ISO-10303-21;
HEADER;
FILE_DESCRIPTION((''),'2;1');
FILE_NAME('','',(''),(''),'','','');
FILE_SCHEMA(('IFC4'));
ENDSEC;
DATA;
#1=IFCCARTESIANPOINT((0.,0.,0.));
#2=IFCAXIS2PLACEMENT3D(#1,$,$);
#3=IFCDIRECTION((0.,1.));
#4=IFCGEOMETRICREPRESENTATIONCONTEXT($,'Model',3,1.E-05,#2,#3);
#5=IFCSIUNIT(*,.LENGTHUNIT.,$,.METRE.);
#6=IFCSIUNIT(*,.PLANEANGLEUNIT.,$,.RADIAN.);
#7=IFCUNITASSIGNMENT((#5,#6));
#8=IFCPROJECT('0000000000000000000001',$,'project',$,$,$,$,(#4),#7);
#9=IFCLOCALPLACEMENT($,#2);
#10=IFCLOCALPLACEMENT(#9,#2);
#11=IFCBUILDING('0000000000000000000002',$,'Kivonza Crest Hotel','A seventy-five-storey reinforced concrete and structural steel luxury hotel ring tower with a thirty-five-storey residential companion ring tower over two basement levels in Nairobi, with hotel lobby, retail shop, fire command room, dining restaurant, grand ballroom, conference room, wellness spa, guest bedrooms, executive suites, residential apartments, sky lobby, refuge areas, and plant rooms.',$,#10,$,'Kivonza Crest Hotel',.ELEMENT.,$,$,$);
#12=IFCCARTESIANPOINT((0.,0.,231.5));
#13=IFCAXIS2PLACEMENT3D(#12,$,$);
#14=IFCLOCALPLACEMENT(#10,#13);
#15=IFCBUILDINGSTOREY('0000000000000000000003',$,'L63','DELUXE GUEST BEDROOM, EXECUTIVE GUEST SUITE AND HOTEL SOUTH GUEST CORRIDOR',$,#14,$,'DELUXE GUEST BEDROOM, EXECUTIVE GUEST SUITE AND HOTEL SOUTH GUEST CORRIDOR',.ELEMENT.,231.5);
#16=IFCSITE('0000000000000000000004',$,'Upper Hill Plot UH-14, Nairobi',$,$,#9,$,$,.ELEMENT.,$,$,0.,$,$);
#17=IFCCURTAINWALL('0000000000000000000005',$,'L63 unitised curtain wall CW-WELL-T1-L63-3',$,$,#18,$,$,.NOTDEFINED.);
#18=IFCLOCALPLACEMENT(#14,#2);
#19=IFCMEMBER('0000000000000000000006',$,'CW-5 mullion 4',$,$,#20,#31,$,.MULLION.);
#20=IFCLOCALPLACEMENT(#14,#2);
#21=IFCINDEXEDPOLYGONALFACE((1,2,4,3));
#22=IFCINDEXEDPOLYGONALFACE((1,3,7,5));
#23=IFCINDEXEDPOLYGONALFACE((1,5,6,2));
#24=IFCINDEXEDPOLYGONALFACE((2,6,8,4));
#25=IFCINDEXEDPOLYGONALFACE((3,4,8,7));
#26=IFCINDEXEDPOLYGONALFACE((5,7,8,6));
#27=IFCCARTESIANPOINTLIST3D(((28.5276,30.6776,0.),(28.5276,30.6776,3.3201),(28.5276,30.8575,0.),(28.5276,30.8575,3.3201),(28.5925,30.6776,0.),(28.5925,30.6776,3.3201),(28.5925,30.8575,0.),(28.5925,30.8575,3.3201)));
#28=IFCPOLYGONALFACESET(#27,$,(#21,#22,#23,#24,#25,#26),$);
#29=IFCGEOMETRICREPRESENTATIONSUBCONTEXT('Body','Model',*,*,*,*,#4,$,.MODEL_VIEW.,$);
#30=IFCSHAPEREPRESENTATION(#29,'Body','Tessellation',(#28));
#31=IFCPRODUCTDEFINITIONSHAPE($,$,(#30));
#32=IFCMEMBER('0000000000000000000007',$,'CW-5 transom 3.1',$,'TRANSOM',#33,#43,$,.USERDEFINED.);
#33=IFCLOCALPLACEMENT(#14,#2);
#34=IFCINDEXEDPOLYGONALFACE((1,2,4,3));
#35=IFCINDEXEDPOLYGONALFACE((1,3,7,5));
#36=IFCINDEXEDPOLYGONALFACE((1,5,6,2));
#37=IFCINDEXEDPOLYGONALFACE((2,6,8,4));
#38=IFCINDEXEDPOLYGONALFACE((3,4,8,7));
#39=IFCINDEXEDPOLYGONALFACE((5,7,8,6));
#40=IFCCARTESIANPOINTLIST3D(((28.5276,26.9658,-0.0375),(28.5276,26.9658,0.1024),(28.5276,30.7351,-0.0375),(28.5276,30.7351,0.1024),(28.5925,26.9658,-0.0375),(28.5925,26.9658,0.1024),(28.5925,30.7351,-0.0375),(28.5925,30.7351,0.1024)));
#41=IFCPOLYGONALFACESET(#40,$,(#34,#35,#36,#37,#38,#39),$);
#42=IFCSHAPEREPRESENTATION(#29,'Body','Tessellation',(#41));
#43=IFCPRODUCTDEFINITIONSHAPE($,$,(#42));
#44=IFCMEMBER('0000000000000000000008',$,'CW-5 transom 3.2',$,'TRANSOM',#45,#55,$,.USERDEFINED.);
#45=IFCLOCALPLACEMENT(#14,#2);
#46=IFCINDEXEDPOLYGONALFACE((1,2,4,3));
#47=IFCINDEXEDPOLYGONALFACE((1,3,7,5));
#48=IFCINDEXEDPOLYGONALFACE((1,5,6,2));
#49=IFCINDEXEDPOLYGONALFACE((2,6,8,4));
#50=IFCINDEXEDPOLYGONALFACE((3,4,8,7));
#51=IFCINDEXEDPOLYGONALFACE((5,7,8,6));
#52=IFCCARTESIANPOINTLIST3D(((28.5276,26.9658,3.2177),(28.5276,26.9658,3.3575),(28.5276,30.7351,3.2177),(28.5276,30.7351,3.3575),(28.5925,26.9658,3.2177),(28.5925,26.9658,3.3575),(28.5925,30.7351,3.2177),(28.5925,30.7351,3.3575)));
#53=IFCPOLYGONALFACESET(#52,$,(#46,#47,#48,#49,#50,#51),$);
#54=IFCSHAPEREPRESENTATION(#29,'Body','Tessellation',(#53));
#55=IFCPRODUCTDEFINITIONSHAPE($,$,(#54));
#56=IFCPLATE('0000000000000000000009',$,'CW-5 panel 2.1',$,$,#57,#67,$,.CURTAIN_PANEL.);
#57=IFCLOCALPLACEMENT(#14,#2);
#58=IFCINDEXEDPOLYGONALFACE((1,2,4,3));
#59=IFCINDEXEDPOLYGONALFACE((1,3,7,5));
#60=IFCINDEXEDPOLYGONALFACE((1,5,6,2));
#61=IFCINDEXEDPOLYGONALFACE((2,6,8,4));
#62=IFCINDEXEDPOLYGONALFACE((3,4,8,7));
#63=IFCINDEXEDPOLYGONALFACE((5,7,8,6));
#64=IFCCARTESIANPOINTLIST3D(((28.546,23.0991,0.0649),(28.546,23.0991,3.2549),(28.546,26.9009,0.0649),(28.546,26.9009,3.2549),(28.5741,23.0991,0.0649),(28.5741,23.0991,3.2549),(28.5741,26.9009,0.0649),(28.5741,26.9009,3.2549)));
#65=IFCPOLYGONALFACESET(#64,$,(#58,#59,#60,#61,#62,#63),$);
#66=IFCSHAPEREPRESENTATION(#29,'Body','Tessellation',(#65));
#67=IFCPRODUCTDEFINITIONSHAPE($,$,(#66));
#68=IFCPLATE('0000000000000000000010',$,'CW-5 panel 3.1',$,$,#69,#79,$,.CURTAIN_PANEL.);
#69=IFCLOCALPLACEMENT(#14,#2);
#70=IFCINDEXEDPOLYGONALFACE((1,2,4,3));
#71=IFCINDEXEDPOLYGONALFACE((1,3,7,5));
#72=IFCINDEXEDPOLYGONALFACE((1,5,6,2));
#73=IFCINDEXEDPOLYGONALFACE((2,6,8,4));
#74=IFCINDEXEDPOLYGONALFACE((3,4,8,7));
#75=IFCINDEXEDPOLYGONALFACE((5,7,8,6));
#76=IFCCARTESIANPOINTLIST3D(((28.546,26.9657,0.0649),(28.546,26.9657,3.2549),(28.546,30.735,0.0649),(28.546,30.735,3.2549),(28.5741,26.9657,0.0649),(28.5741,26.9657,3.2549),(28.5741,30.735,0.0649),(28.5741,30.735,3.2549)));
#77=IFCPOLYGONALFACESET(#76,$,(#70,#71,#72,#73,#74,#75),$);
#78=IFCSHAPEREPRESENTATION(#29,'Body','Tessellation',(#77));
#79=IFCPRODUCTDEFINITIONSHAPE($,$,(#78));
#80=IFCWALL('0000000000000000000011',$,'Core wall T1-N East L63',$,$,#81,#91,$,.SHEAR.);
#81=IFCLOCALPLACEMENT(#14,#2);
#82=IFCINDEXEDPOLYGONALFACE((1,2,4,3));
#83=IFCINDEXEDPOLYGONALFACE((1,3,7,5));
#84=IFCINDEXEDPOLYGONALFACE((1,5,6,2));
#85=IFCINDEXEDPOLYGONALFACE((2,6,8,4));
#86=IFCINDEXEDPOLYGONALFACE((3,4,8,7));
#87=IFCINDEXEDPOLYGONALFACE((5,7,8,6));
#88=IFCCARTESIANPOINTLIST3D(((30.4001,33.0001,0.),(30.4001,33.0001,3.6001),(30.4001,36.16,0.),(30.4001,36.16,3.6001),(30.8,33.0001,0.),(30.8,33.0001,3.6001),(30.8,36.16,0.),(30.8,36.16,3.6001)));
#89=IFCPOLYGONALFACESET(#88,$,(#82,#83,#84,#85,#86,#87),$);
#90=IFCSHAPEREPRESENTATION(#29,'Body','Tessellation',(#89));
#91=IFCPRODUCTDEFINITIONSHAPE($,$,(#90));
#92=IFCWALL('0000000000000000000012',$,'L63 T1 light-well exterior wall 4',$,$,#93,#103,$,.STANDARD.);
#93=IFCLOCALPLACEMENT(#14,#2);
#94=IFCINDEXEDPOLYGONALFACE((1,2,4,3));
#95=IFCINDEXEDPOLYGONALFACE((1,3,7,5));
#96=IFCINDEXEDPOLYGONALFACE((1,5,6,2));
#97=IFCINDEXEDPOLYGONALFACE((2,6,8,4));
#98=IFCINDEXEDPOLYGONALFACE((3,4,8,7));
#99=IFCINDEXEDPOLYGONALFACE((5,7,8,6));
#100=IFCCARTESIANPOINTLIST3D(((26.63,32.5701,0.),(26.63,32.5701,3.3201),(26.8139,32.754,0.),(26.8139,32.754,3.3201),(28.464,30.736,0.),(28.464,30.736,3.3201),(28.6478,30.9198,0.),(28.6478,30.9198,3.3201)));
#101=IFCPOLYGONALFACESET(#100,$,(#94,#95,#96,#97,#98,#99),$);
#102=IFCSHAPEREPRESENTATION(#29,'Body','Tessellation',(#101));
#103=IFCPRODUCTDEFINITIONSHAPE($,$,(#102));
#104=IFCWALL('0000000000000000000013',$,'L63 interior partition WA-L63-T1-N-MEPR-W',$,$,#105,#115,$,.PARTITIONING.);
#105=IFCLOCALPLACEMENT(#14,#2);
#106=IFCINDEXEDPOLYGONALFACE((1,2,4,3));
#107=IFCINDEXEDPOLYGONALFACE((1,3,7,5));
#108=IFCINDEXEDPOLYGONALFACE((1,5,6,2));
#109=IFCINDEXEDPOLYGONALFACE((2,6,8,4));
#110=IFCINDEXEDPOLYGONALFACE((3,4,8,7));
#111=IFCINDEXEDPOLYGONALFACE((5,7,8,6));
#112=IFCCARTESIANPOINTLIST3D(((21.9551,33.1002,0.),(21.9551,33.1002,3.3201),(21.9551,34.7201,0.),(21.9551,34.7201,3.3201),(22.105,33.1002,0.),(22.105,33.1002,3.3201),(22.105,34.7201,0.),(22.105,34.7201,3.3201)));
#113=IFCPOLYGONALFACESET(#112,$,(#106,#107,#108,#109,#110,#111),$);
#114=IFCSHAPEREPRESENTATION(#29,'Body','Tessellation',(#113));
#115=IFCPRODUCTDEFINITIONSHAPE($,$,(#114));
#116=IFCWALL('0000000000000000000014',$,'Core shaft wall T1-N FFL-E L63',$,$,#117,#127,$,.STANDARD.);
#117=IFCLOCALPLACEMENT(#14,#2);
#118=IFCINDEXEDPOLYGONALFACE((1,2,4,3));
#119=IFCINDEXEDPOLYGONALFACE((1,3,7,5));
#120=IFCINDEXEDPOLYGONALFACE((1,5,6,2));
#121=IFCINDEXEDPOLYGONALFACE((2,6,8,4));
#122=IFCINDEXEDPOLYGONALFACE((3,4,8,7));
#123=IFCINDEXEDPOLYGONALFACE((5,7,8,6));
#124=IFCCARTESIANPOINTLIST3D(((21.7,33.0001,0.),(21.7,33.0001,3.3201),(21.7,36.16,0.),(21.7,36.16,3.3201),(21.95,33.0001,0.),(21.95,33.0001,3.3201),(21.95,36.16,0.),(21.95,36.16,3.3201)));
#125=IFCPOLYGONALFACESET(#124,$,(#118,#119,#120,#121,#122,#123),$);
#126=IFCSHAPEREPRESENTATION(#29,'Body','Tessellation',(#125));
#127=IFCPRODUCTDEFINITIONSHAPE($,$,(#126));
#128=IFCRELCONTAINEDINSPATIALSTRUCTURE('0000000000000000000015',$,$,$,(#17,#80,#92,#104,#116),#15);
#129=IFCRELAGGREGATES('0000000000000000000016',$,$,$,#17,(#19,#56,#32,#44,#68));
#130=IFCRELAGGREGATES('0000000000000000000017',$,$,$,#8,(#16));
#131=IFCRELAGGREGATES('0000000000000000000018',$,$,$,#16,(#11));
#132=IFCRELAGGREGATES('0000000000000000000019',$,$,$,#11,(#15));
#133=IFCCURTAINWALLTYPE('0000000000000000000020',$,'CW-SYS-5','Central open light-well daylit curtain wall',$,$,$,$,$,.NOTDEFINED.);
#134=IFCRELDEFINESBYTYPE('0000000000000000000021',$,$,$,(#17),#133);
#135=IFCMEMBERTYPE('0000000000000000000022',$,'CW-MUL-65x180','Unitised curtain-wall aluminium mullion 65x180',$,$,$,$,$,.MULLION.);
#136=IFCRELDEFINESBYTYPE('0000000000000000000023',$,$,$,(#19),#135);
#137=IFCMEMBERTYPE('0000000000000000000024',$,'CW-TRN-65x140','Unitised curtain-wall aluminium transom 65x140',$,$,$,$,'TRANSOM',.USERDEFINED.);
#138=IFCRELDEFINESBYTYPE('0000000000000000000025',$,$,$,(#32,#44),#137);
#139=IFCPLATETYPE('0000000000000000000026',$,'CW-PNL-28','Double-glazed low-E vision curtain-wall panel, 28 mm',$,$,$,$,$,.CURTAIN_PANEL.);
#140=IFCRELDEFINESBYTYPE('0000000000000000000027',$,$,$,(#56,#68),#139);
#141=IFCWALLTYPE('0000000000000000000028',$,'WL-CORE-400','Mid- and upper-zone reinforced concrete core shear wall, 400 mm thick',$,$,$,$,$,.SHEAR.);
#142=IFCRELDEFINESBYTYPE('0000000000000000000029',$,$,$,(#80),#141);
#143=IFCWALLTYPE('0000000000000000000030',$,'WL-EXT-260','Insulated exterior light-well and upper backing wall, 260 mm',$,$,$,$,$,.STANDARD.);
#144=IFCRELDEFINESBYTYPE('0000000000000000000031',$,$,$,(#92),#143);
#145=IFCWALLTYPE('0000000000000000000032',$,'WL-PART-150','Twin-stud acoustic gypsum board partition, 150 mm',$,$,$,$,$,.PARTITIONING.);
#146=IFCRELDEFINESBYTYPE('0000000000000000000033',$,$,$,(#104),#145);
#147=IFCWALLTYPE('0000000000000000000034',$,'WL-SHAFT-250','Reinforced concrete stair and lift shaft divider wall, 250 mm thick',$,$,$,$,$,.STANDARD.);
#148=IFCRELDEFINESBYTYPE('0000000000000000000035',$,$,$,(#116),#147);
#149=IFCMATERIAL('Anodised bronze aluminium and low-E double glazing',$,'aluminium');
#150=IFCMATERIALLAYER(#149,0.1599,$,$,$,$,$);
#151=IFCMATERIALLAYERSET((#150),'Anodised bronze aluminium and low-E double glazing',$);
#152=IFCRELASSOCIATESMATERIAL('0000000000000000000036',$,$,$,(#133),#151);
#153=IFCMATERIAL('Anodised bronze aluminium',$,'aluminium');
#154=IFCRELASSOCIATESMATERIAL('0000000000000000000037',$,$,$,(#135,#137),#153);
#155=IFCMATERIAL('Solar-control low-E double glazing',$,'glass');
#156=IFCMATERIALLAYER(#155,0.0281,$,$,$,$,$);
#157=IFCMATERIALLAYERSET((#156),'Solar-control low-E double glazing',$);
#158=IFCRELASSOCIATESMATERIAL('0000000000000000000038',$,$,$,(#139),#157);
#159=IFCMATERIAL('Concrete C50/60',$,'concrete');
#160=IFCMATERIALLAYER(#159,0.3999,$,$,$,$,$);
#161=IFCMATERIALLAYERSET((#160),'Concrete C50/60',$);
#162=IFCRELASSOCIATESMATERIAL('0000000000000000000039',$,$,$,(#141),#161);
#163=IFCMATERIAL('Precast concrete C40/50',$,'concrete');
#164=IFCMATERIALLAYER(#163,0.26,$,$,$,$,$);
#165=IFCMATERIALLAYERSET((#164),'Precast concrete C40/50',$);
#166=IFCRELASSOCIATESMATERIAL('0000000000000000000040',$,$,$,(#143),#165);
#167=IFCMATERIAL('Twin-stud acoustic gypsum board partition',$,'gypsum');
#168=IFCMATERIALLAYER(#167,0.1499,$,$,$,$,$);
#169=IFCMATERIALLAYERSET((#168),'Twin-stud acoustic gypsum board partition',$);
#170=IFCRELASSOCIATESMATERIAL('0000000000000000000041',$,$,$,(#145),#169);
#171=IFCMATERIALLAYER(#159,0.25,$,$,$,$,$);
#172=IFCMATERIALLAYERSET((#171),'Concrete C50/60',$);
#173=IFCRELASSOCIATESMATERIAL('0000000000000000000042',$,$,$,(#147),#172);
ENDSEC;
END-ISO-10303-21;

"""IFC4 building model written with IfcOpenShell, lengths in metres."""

from ifc_helpers import new_model, si_unit, direction, frame, frame_2d, origin, origin_2d, place, context, subcontext, project, spatial, rectangle, extrude, material, layer, layer_set, material_profile, profile_set, type_object, element, aggregate, save


model = new_model("IFC4")

# Units and contexts
model_context = context("Model", 3, precision=1e-05, world=origin(), true_north=direction((0.0, 1.0)))
body_context = subcontext(model_context, "Body", "Model", "MODEL_VIEW")
ifc_project = project(units=[si_unit("LENGTHUNIT", "METRE"), si_unit("PLANEANGLEUNIT", "RADIAN")], contexts=[model_context])

# Site, building, storey
site_placement = place(None, origin())
site = spatial("IfcSite", under=ifc_project, at=site_placement, Name="Upper Hill Plot UH-14, Nairobi", CompositionType="ELEMENT", RefElevation=0.0)
building_placement = place(site_placement, origin())
building = spatial("IfcBuilding", under=site, at=building_placement, Name="Kivonza Crest Hotel", Description="A seventy-five-storey reinforced concrete and structural steel luxury hotel ring tower with a thirty-five-storey residential companion ring tower over two basement levels in Nairobi, with hotel lobby, retail shop, fire command room, dining restaurant, grand ballroom, conference room, wellness spa, guest bedrooms, executive suites, residential apartments, sky lobby, refuge areas, and plant rooms.", LongName="Kivonza Crest Hotel", CompositionType="ELEMENT")
storey_placement = place(building_placement, frame((0.0, 0.0, 231.5)))
storey = spatial("IfcBuildingStorey", under=building, at=storey_placement, Name="L63", Description="DELUXE GUEST BEDROOM, EXECUTIVE GUEST SUITE AND HOTEL SOUTH GUEST CORRIDOR", LongName="DELUXE GUEST BEDROOM, EXECUTIVE GUEST SUITE AND HOTEL SOUTH GUEST CORRIDOR", CompositionType="ELEMENT", Elevation=231.5)

# Shared definitions
ifc_material_1 = material(Name="Concrete C50/60", Category="concrete")

# Curtain wall, members, plates
ifc_material_2 = material(Name="Anodised bronze aluminium and low-E double glazing", Category="aluminium")
ifc_layer_1 = layer(ifc_material_2, 0.1599)
ifc_layer_set_1 = layer_set([ifc_layer_1], Name="Anodised bronze aluminium and low-E double glazing")
curtain_wall_type = type_object("IfcCurtainWallType", Name="CW-SYS-5", Description="Central open light-well daylit curtain wall", PredefinedType="NOTDEFINED", material=ifc_layer_set_1)
curtain_wall_placement = place(storey_placement, origin())
curtain_wall = element("IfcCurtainWall", 1, at=curtain_wall_placement, inside=storey, type_object=curtain_wall_type, Name="L63 unitised curtain wall CW-WELL-T1-L63-3", PredefinedType="NOTDEFINED")
ifc_material_3 = material(Name="Anodised bronze aluminium", Category="aluminium")
ifc_material_profile_1 = material_profile(ifc_material_3, rectangle(XDim=0.0649, YDim=0.1799, at=origin_2d()), Name="CW-M 65x180")
ifc_profile_set_1 = profile_set([ifc_material_profile_1], Name="Anodised bronze aluminium")
member_type_1 = type_object("IfcMemberType", Name="CW-MUL-65x180", Description="Unitised curtain-wall aluminium mullion 65x180", PredefinedType="MULLION", material=ifc_profile_set_1)
member_1_placement = place(storey_placement, frame((28.5601, 30.7676, 0.0), z_axis=(0.0, 0.0, 1.0), x_axis=(-1.0, 0.0, 0.0)))
member_1 = element("IfcMember", 2, at=member_1_placement, type_object=member_type_1, Name="CW-5 mullion 4", PredefinedType="MULLION", context=body_context, shape_type="SweptSolid", body=[
    extrude(rectangle(XDim=0.0649, YDim=0.1799, at=origin_2d()), origin(), (0.0, 0.0, 1.0), 3.3201),
])
ifc_material_profile_2 = material_profile(ifc_material_3, rectangle(XDim=0.0649, YDim=0.1399, at=origin_2d()), Name="CW-T 65x140")
ifc_profile_set_2 = profile_set([ifc_material_profile_2], Name="Anodised bronze aluminium")
member_type_2 = type_object("IfcMemberType", Name="CW-TRN-65x140", Description="Unitised curtain-wall aluminium transom 65x140", ElementType="TRANSOM", PredefinedType="USERDEFINED", material=ifc_profile_set_2)
member_2_placement = place(storey_placement, frame((28.5601, 26.9658, 0.0325), z_axis=(0.0, 1.0, 0.0), x_axis=(-1.0, 0.0, 0.0)))
member_2 = element("IfcMember", 3, at=member_2_placement, type_object=member_type_2, Name="CW-5 transom 3.1", ObjectType="TRANSOM", PredefinedType="USERDEFINED", context=body_context, shape_type="SweptSolid", body=[
    extrude(rectangle(XDim=0.0649, YDim=0.1399, at=origin_2d()), origin(), (0.0, 0.0, 1.0), 3.7693),
])
member_3_placement = place(storey_placement, frame((28.5601, 26.9658, 3.2876), z_axis=(0.0, 1.0, 0.0), x_axis=(-1.0, 0.0, 0.0)))
member_3 = element("IfcMember", 4, at=member_3_placement, type_object=member_type_2, Name="CW-5 transom 3.2", ObjectType="TRANSOM", PredefinedType="USERDEFINED", context=body_context, shape_type="SweptSolid", body=[
    extrude(rectangle(XDim=0.0649, YDim=0.1399, at=origin_2d()), origin(), (0.0, 0.0, 1.0), 3.7693),
])
ifc_material_4 = material(Name="Solar-control low-E double glazing", Category="glass")
ifc_layer_2 = layer(ifc_material_4, 0.0281)
ifc_layer_set_2 = layer_set([ifc_layer_2], Name="Solar-control low-E double glazing")
plate_type = type_object("IfcPlateType", Name="CW-PNL-28", Description="Double-glazed low-E vision curtain-wall panel, 28 mm", PredefinedType="CURTAIN_PANEL", material=ifc_layer_set_2)
plate_1_placement = place(storey_placement, frame((28.5601, 25.0, 0.0649), z_axis=(0.0, 0.0, 1.0), x_axis=(0.0, 1.0, 0.0)))
plate_1 = element("IfcPlate", 5, at=plate_1_placement, type_object=plate_type, Name="CW-5 panel 2.1", PredefinedType="CURTAIN_PANEL", context=body_context, shape_type="SweptSolid", body=[
    extrude(rectangle(XDim=3.8018, YDim=0.0281, at=origin_2d()), origin(), (0.0, 0.0, 1.0), 3.1899),
])
plate_2_placement = place(storey_placement, frame((28.5601, 28.8503, 0.0649), z_axis=(0.0, 0.0, 1.0), x_axis=(0.0, 1.0, 0.0)))
plate_2 = element("IfcPlate", 6, at=plate_2_placement, type_object=plate_type, Name="CW-5 panel 3.1", PredefinedType="CURTAIN_PANEL", context=body_context, shape_type="SweptSolid", body=[
    extrude(rectangle(XDim=3.7693, YDim=0.0281, at=origin_2d()), origin(), (0.0, 0.0, 1.0), 3.1899),
])
aggregate(curtain_wall, [member_1, plate_1, member_2, member_3, plate_2])

# Walls
ifc_layer_3 = layer(ifc_material_1, 0.3999)
ifc_layer_set_3 = layer_set([ifc_layer_3], Name="Concrete C50/60")
wall_type_1 = type_object("IfcWallType", Name="WL-CORE-400", Description="Mid- and upper-zone reinforced concrete core shear wall, 400 mm thick", PredefinedType="SHEAR", material=ifc_layer_set_3)
wall_1_placement = place(storey_placement, frame((30.6001, 33.0, 0.0), z_axis=(0.0, 0.0, 1.0), x_axis=(0.0, 1.0, 0.0)))
element("IfcWall", 7, at=wall_1_placement, inside=storey, type_object=wall_type_1, Name="Core wall T1-N East L63", PredefinedType="SHEAR", context=body_context, shape_type="SweptSolid", body=[
    extrude(rectangle(XDim=3.1599, YDim=0.3999, at=frame_2d((1.5801, 0.0))), origin(), (0.0, 0.0, 1.0), 3.6001),
])
ifc_material_5 = material(Name="Precast concrete C40/50", Category="concrete")
ifc_layer_4 = layer(ifc_material_5, 0.26)
ifc_layer_set_4 = layer_set([ifc_layer_4], Name="Precast concrete C40/50")
wall_type_2 = type_object("IfcWallType", Name="WL-EXT-260", Description="Insulated exterior light-well and upper backing wall, 260 mm", PredefinedType="STANDARD", material=ifc_layer_set_4)
wall_2_placement = place(storey_placement, frame((28.5559, 30.8279, 0.0), z_axis=(0.0, 0.0, 1.0), x_axis=(-0.70706, 0.707154, 0.0)))
element("IfcWall", 8, at=wall_2_placement, inside=storey, type_object=wall_type_2, Name="L63 T1 light-well exterior wall 4", PredefinedType="STANDARD", context=body_context, shape_type="SweptSolid", body=[
    extrude(rectangle(XDim=2.5938, YDim=0.26, at=frame_2d((1.2969, 0.0))), origin(), (0.0, 0.0, 1.0), 3.3201),
])
ifc_material_6 = material(Name="Twin-stud acoustic gypsum board partition", Category="gypsum")
ifc_layer_5 = layer(ifc_material_6, 0.1499)
ifc_layer_set_5 = layer_set([ifc_layer_5], Name="Twin-stud acoustic gypsum board partition")
wall_type_3 = type_object("IfcWallType", Name="WL-PART-150", Description="Twin-stud acoustic gypsum board partition, 150 mm", PredefinedType="PARTITIONING", material=ifc_layer_set_5)
wall_3_placement = place(storey_placement, frame((22.03, 33.1001, 0.0), z_axis=(0.0, 0.0, 1.0), x_axis=(0.0, 1.0, 0.0)))
element("IfcWall", 9, at=wall_3_placement, inside=storey, type_object=wall_type_3, Name="L63 interior partition WA-L63-T1-N-MEPR-W", PredefinedType="PARTITIONING", context=body_context, shape_type="SweptSolid", body=[
    extrude(rectangle(XDim=1.6199, YDim=0.1499, at=frame_2d((0.8101, 0.0))), origin(), (0.0, 0.0, 1.0), 3.3201),
])

# Shared definitions
ifc_layer_6 = layer(ifc_material_1, 0.25)
ifc_layer_set_6 = layer_set([ifc_layer_6], Name="Concrete C50/60")
wall_type_4 = type_object("IfcWallType", Name="WL-SHAFT-250", Description="Reinforced concrete stair and lift shaft divider wall, 250 mm thick", PredefinedType="STANDARD", material=ifc_layer_set_6)

# Wall
wall_4_placement = place(storey_placement, frame((21.825, 33.0, 0.0), z_axis=(0.0, 0.0, 1.0), x_axis=(0.0, 1.0, 0.0)))
element("IfcWall", 10, at=wall_4_placement, inside=storey, type_object=wall_type_4, Name="Core shaft wall T1-N FFL-E L63", PredefinedType="STANDARD", context=body_context, shape_type="SweptSolid", body=[
    extrude(rectangle(XDim=3.1599, YDim=0.25, at=frame_2d((1.5801, 0.0))), origin(), (0.0, 0.0, 1.0), 3.3201),
])

save(model, "model.ifc")
